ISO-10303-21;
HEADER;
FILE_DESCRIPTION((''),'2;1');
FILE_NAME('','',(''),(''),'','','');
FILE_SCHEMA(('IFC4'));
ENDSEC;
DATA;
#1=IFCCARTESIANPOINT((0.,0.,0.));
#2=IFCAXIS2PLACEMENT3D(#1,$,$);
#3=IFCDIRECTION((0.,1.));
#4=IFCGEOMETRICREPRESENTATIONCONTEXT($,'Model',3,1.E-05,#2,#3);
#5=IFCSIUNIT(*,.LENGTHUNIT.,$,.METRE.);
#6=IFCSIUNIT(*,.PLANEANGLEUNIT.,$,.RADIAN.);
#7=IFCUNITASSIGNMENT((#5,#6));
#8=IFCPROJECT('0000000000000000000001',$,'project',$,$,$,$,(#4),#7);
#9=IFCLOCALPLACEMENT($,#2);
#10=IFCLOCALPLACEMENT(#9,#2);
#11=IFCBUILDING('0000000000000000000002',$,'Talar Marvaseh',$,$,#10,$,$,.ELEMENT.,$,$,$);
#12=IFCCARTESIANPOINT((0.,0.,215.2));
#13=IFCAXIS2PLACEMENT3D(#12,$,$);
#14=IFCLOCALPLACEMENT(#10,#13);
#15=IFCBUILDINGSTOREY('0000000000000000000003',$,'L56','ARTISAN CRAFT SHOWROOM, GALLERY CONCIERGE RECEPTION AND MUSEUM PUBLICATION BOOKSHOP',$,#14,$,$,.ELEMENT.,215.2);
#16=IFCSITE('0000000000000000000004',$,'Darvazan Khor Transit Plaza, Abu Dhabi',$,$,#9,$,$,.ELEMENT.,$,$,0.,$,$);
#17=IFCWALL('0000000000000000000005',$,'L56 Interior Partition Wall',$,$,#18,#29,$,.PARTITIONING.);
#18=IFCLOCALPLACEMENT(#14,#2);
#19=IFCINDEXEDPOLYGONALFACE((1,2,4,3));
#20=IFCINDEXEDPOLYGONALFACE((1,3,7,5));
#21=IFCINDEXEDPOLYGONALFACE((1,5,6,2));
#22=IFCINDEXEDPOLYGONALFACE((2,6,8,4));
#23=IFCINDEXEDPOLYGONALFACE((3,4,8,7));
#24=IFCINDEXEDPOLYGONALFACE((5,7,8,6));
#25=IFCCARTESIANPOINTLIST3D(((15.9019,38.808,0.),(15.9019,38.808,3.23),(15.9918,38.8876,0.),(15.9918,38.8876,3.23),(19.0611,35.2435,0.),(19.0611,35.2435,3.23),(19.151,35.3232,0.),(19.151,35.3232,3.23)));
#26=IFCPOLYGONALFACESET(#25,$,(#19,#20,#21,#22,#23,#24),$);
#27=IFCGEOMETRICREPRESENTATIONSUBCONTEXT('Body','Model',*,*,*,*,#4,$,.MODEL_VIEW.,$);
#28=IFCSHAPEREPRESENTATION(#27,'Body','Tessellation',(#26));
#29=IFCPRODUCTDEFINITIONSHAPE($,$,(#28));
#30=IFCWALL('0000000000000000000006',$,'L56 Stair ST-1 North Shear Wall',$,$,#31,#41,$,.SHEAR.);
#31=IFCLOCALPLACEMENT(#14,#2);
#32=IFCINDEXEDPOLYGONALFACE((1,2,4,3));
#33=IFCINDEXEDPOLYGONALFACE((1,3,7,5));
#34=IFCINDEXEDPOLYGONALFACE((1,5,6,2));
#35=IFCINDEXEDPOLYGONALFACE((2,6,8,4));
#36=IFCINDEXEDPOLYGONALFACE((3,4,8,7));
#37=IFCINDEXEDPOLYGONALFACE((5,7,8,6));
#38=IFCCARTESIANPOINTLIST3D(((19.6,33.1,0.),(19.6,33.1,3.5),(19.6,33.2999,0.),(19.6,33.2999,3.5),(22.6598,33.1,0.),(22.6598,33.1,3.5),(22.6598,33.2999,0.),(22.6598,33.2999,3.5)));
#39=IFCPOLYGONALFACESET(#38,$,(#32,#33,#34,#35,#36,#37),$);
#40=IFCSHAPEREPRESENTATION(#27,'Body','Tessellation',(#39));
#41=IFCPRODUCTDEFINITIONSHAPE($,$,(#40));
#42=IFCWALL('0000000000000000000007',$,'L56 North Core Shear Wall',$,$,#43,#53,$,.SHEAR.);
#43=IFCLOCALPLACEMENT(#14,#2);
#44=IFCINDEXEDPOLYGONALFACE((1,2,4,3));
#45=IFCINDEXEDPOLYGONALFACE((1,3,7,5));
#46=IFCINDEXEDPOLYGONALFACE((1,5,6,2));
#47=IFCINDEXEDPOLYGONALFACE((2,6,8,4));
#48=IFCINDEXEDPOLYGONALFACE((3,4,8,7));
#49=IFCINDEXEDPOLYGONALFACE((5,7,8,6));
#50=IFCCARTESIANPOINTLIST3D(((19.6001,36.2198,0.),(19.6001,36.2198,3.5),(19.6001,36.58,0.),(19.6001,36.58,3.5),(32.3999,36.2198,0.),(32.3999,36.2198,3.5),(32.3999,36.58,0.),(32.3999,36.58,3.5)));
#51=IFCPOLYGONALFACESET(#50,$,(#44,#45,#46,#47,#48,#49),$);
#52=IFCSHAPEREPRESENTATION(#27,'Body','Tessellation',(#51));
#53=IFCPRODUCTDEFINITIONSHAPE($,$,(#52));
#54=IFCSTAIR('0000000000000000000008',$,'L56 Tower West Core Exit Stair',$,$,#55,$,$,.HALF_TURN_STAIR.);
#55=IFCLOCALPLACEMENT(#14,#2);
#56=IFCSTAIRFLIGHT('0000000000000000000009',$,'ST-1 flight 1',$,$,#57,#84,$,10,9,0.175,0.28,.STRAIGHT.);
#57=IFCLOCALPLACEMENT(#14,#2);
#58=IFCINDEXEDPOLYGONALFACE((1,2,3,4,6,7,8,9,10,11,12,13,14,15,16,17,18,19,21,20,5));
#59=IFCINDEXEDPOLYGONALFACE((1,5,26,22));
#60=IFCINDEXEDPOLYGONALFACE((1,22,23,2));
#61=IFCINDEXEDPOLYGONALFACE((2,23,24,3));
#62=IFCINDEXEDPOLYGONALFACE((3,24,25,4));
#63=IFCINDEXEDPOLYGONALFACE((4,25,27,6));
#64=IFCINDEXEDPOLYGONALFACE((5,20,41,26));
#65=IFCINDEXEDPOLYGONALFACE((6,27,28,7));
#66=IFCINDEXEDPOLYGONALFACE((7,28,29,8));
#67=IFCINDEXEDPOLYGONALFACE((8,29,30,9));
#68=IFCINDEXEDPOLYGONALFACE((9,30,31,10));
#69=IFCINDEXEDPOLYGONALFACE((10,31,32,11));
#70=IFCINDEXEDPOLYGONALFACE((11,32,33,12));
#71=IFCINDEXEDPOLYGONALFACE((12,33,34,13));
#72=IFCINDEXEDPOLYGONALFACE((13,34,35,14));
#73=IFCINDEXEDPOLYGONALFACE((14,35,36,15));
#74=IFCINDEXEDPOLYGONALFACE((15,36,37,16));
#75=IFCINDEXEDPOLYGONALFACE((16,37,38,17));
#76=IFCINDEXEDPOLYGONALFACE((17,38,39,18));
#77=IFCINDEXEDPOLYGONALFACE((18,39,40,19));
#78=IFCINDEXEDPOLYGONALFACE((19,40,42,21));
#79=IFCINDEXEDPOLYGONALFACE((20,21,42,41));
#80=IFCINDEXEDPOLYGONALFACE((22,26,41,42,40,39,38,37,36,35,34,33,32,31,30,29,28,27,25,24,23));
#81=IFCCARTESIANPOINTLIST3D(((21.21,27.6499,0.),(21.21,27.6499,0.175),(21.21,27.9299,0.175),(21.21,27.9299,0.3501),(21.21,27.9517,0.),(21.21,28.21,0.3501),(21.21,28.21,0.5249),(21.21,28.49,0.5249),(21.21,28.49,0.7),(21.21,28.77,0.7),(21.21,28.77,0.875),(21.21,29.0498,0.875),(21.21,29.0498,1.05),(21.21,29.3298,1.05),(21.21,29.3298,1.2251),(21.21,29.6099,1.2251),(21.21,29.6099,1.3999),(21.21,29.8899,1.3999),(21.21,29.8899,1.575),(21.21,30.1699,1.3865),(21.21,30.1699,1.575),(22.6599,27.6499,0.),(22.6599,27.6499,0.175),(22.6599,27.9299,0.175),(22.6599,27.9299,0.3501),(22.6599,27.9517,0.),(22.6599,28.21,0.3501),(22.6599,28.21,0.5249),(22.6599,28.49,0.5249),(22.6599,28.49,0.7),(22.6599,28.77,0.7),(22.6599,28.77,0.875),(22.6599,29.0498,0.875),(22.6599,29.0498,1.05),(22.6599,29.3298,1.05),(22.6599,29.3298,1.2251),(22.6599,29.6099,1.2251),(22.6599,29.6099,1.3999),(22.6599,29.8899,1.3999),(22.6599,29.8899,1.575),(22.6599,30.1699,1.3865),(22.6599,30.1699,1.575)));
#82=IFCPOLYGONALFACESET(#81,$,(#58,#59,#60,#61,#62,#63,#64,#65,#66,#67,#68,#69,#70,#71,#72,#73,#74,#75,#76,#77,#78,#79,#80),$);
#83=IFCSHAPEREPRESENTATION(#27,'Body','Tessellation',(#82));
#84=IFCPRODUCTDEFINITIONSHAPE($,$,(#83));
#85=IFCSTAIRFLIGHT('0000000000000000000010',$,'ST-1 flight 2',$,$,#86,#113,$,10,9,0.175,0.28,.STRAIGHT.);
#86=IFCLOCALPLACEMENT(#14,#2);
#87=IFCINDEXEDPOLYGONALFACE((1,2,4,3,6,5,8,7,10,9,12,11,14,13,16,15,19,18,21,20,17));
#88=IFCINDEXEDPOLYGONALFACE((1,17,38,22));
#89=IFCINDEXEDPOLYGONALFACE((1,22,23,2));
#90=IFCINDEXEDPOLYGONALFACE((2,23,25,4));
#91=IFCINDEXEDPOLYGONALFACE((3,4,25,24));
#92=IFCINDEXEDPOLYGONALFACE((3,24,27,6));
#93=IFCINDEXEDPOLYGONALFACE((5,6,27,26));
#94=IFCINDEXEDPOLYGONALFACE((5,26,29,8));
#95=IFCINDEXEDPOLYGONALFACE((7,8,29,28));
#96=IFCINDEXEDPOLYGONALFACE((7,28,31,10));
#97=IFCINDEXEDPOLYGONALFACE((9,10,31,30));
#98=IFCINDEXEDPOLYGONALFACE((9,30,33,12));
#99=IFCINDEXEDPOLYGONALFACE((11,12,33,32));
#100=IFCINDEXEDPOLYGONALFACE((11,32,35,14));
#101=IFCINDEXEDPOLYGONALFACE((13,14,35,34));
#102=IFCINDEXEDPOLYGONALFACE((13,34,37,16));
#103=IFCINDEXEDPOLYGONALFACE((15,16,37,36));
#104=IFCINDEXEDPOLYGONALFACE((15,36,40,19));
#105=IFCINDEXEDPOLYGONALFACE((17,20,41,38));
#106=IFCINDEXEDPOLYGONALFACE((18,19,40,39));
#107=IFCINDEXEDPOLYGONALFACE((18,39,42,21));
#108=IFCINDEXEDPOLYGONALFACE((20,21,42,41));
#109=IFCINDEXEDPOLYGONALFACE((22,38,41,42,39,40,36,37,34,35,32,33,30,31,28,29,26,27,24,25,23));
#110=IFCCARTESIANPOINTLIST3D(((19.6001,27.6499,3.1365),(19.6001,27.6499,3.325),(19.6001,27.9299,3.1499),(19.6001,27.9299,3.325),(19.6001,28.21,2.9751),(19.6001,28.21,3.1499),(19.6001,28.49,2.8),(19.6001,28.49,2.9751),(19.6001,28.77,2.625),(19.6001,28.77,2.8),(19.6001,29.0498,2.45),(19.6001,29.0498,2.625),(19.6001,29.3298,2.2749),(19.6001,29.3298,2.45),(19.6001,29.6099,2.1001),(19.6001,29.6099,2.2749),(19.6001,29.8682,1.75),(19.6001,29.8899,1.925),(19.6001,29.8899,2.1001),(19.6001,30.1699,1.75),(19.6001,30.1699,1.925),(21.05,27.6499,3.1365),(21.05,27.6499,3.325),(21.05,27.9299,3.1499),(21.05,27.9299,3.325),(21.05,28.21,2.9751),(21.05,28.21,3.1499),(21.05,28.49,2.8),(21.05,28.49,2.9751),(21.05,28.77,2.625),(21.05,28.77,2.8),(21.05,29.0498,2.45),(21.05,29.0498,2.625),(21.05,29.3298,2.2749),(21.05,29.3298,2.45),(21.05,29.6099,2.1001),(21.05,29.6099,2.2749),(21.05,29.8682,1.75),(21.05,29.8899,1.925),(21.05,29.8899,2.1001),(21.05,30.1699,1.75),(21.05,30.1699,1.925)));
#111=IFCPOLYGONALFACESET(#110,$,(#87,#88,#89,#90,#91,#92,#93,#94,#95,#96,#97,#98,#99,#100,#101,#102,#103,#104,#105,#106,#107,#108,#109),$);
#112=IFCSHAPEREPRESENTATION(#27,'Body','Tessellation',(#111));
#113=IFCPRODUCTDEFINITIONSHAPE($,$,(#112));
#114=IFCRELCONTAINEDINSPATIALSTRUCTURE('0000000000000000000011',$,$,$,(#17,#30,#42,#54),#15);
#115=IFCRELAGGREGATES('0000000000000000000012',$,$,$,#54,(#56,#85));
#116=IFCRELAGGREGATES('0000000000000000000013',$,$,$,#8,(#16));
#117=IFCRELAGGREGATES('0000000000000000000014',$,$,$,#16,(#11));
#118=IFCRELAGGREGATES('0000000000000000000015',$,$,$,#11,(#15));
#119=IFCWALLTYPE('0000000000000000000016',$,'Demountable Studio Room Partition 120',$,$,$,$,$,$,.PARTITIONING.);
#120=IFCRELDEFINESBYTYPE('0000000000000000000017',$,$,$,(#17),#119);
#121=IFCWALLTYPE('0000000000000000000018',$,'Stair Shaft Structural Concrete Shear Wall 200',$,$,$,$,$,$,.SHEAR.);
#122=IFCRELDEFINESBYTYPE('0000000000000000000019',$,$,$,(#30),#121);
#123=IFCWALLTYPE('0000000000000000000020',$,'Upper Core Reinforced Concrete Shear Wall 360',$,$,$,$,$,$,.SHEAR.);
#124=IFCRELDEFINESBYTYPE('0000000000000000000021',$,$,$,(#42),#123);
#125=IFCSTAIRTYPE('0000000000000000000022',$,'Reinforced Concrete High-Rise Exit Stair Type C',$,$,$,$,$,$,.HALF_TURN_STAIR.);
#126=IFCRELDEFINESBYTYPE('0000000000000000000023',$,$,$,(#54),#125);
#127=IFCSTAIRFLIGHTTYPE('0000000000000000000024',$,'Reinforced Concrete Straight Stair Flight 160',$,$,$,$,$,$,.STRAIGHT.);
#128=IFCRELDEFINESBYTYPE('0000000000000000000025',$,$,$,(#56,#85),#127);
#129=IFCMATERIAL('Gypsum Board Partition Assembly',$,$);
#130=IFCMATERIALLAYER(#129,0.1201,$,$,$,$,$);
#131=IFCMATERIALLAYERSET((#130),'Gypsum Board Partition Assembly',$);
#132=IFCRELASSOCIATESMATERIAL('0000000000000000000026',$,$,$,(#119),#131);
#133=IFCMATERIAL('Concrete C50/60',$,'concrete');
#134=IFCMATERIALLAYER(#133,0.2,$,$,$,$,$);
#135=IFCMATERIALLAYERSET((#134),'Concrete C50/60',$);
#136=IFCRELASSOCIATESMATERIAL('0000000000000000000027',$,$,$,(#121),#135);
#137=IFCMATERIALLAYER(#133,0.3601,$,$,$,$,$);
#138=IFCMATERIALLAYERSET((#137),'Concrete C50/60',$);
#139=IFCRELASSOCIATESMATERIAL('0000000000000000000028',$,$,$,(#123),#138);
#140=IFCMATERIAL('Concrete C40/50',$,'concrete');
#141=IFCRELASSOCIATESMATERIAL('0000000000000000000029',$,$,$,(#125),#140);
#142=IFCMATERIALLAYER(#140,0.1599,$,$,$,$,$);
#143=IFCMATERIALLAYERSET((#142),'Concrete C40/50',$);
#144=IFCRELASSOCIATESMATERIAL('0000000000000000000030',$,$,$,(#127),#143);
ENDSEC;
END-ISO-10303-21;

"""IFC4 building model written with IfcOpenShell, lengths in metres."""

from ifc_helpers import new_model, si_unit, direction, frame, frame_2d, origin, place, context, subcontext, project, spatial, polyline, rectangle, outline, extrude, material, layer, layer_set, type_object, element, aggregate, save


model = new_model("IFC4")

# Units and contexts
model_context = context("Model", 3, precision=1e-05, world=origin(), true_north=direction((0.0, 1.0)))
body_context = subcontext(model_context, "Body", "Model", "MODEL_VIEW")
ifc_project = project(units=[si_unit("LENGTHUNIT", "METRE"), si_unit("PLANEANGLEUNIT", "RADIAN")], contexts=[model_context])

# Site, building, storey
site_placement = place(None, origin())
site = spatial("IfcSite", under=ifc_project, at=site_placement, Name="Darvazan Khor Transit Plaza, Abu Dhabi", CompositionType="ELEMENT", RefElevation=0.0)
building_placement = place(site_placement, origin())
building = spatial("IfcBuilding", under=site, at=building_placement, Name="Talar Marvaseh", CompositionType="ELEMENT")
storey_placement = place(building_placement, frame((0.0, 0.0, 215.2)))
storey = spatial("IfcBuildingStorey", under=building, at=storey_placement, Name="L56", Description="ARTISAN CRAFT SHOWROOM, GALLERY CONCIERGE RECEPTION AND MUSEUM PUBLICATION BOOKSHOP", CompositionType="ELEMENT", Elevation=215.2)

# Walls
ifc_material_1 = material(Name="Gypsum Board Partition Assembly")
ifc_layer_1 = layer(ifc_material_1, 0.1201)
ifc_layer_set_1 = layer_set([ifc_layer_1], Name="Gypsum Board Partition Assembly")
wall_type_1 = type_object("IfcWallType", Name="Demountable Studio Room Partition 120", PredefinedType="PARTITIONING", material=ifc_layer_set_1)
wall_1_placement = place(storey_placement, frame((19.106, 35.2834, 0.0), z_axis=(0.0, 0.0, 1.0), x_axis=(-0.663281, 0.74837, 0.0)))
element("IfcWall", 1, at=wall_1_placement, inside=storey, type_object=wall_type_1, Name="L56 Interior Partition Wall", PredefinedType="PARTITIONING", context=body_context, shape_type="SweptSolid", body=[
    extrude(rectangle(XDim=4.7629, YDim=0.1201, at=frame_2d((2.3813, 0.0))), origin(), (0.0, 0.0, 1.0), 3.23),
])
ifc_material_2 = material(Name="Concrete C50/60", Category="concrete")
ifc_layer_2 = layer(ifc_material_2, 0.2)
ifc_layer_set_2 = layer_set([ifc_layer_2], Name="Concrete C50/60")
wall_type_2 = type_object("IfcWallType", Name="Stair Shaft Structural Concrete Shear Wall 200", PredefinedType="SHEAR", material=ifc_layer_set_2)
wall_2_placement = place(storey_placement, frame((19.6001, 33.2, 0.0), z_axis=(0.0, 0.0, 1.0), x_axis=(1.0, 0.0, 0.0)))
element("IfcWall", 2, at=wall_2_placement, inside=storey, type_object=wall_type_2, Name="L56 Stair ST-1 North Shear Wall", PredefinedType="SHEAR", context=body_context, shape_type="SweptSolid", body=[
    extrude(rectangle(XDim=3.0598, YDim=0.2, at=frame_2d((1.5298, 0.0))), origin(), (0.0, 0.0, 1.0), 3.5),
])
ifc_layer_3 = layer(ifc_material_2, 0.3601)
ifc_layer_set_3 = layer_set([ifc_layer_3], Name="Concrete C50/60")
wall_type_3 = type_object("IfcWallType", Name="Upper Core Reinforced Concrete Shear Wall 360", PredefinedType="SHEAR", material=ifc_layer_set_3)
wall_3_placement = place(storey_placement, frame((19.6001, 36.3999, 0.0), z_axis=(0.0, 0.0, 1.0), x_axis=(1.0, 0.0, 0.0)))
element("IfcWall", 3, at=wall_3_placement, inside=storey, type_object=wall_type_3, Name="L56 North Core Shear Wall", PredefinedType="SHEAR", context=body_context, shape_type="SweptSolid", body=[
    extrude(rectangle(XDim=12.7998, YDim=0.3601, at=frame_2d((6.3999, 0.0))), origin(), (0.0, 0.0, 1.0), 3.5),
])

# Stair, stair flights
ifc_material_3 = material(Name="Concrete C40/50", Category="concrete")
stair_type = type_object("IfcStairType", Name="Reinforced Concrete High-Rise Exit Stair Type C", PredefinedType="HALF_TURN_STAIR", material=ifc_material_3)
stair_placement = place(storey_placement, origin())
stair = element("IfcStair", 4, at=stair_placement, inside=storey, type_object=stair_type, Name="L56 Tower West Core Exit Stair", PredefinedType="HALF_TURN_STAIR")
ifc_layer_4 = layer(ifc_material_3, 0.1599)
ifc_layer_set_4 = layer_set([ifc_layer_4], Name="Concrete C40/50")
stair_flight_type = type_object("IfcStairFlightType", Name="Reinforced Concrete Straight Stair Flight 160", PredefinedType="STRAIGHT", material=ifc_layer_set_4)
stair_flight_1_placement = place(storey_placement, frame((21.9351, 27.6499, 0.0), z_axis=(0.0, 0.0, 1.0), x_axis=(0.0, 1.0, 0.0)))
stair_flight_1 = element("IfcStairFlight", 5, at=stair_flight_1_placement, type_object=stair_flight_type, Name="ST-1 flight 1", NumberOfRisers=10, NumberOfTreads=9, PredefinedType="STRAIGHT", RiserHeight=0.175, TreadLength=0.28, context=body_context, shape_type="SweptSolid", body=[
    extrude(outline(polyline([(0.0, 0.0), (0.0, 0.175), (0.28, 0.175), (0.28, 0.3501), (0.5601, 0.3501), (0.5601, 0.5249), (0.8401, 0.5249), (0.8401, 0.7), (1.1201, 0.7), (1.1201, 0.875), (1.3999, 0.875), (1.3999, 1.05), (1.6799, 1.05), (1.6799, 1.2251), (1.96, 1.2251), (1.96, 1.3999), (2.24, 1.3999), (2.24, 1.575), (2.52, 1.575), (2.52, 1.75), (2.52, 1.3865), (0.3018, 0.0), (0.0, 0.0)])), frame((0.0, 0.7251, 0.0), z_axis=(0.0, -1.0, 0.0), x_axis=(1.0, 0.0, 0.0)), (0.0, 0.0, 1.0), 1.45),
])
stair_flight_2_placement = place(storey_placement, frame((20.325, 30.1699, 1.75), z_axis=(0.0, 0.0, 1.0), x_axis=(0.0, -1.0, 0.0)))
stair_flight_2 = element("IfcStairFlight", 6, at=stair_flight_2_placement, type_object=stair_flight_type, Name="ST-1 flight 2", NumberOfRisers=10, NumberOfTreads=9, PredefinedType="STRAIGHT", RiserHeight=0.175, TreadLength=0.28, context=body_context, shape_type="SweptSolid", body=[
    extrude(outline(polyline([(0.0, 0.0), (0.0, 0.175), (0.28, 0.175), (0.28, 0.3501), (0.5601, 0.3501), (0.5601, 0.5249), (0.8401, 0.5249), (0.8401, 0.7), (1.1201, 0.7), (1.1201, 0.875), (1.3999, 0.875), (1.3999, 1.05), (1.6799, 1.05), (1.6799, 1.2251), (1.96, 1.2251), (1.96, 1.3999), (2.24, 1.3999), (2.24, 1.575), (2.52, 1.575), (2.52, 1.75), (2.52, 1.3865), (0.3018, 0.0), (0.0, 0.0)])), frame((0.0, 0.7251, 0.0), z_axis=(0.0, -1.0, 0.0), x_axis=(1.0, 0.0, 0.0)), (0.0, 0.0, 1.0), 1.45),
])
aggregate(stair, [stair_flight_1, stair_flight_2])

save(model, "model.ifc")
